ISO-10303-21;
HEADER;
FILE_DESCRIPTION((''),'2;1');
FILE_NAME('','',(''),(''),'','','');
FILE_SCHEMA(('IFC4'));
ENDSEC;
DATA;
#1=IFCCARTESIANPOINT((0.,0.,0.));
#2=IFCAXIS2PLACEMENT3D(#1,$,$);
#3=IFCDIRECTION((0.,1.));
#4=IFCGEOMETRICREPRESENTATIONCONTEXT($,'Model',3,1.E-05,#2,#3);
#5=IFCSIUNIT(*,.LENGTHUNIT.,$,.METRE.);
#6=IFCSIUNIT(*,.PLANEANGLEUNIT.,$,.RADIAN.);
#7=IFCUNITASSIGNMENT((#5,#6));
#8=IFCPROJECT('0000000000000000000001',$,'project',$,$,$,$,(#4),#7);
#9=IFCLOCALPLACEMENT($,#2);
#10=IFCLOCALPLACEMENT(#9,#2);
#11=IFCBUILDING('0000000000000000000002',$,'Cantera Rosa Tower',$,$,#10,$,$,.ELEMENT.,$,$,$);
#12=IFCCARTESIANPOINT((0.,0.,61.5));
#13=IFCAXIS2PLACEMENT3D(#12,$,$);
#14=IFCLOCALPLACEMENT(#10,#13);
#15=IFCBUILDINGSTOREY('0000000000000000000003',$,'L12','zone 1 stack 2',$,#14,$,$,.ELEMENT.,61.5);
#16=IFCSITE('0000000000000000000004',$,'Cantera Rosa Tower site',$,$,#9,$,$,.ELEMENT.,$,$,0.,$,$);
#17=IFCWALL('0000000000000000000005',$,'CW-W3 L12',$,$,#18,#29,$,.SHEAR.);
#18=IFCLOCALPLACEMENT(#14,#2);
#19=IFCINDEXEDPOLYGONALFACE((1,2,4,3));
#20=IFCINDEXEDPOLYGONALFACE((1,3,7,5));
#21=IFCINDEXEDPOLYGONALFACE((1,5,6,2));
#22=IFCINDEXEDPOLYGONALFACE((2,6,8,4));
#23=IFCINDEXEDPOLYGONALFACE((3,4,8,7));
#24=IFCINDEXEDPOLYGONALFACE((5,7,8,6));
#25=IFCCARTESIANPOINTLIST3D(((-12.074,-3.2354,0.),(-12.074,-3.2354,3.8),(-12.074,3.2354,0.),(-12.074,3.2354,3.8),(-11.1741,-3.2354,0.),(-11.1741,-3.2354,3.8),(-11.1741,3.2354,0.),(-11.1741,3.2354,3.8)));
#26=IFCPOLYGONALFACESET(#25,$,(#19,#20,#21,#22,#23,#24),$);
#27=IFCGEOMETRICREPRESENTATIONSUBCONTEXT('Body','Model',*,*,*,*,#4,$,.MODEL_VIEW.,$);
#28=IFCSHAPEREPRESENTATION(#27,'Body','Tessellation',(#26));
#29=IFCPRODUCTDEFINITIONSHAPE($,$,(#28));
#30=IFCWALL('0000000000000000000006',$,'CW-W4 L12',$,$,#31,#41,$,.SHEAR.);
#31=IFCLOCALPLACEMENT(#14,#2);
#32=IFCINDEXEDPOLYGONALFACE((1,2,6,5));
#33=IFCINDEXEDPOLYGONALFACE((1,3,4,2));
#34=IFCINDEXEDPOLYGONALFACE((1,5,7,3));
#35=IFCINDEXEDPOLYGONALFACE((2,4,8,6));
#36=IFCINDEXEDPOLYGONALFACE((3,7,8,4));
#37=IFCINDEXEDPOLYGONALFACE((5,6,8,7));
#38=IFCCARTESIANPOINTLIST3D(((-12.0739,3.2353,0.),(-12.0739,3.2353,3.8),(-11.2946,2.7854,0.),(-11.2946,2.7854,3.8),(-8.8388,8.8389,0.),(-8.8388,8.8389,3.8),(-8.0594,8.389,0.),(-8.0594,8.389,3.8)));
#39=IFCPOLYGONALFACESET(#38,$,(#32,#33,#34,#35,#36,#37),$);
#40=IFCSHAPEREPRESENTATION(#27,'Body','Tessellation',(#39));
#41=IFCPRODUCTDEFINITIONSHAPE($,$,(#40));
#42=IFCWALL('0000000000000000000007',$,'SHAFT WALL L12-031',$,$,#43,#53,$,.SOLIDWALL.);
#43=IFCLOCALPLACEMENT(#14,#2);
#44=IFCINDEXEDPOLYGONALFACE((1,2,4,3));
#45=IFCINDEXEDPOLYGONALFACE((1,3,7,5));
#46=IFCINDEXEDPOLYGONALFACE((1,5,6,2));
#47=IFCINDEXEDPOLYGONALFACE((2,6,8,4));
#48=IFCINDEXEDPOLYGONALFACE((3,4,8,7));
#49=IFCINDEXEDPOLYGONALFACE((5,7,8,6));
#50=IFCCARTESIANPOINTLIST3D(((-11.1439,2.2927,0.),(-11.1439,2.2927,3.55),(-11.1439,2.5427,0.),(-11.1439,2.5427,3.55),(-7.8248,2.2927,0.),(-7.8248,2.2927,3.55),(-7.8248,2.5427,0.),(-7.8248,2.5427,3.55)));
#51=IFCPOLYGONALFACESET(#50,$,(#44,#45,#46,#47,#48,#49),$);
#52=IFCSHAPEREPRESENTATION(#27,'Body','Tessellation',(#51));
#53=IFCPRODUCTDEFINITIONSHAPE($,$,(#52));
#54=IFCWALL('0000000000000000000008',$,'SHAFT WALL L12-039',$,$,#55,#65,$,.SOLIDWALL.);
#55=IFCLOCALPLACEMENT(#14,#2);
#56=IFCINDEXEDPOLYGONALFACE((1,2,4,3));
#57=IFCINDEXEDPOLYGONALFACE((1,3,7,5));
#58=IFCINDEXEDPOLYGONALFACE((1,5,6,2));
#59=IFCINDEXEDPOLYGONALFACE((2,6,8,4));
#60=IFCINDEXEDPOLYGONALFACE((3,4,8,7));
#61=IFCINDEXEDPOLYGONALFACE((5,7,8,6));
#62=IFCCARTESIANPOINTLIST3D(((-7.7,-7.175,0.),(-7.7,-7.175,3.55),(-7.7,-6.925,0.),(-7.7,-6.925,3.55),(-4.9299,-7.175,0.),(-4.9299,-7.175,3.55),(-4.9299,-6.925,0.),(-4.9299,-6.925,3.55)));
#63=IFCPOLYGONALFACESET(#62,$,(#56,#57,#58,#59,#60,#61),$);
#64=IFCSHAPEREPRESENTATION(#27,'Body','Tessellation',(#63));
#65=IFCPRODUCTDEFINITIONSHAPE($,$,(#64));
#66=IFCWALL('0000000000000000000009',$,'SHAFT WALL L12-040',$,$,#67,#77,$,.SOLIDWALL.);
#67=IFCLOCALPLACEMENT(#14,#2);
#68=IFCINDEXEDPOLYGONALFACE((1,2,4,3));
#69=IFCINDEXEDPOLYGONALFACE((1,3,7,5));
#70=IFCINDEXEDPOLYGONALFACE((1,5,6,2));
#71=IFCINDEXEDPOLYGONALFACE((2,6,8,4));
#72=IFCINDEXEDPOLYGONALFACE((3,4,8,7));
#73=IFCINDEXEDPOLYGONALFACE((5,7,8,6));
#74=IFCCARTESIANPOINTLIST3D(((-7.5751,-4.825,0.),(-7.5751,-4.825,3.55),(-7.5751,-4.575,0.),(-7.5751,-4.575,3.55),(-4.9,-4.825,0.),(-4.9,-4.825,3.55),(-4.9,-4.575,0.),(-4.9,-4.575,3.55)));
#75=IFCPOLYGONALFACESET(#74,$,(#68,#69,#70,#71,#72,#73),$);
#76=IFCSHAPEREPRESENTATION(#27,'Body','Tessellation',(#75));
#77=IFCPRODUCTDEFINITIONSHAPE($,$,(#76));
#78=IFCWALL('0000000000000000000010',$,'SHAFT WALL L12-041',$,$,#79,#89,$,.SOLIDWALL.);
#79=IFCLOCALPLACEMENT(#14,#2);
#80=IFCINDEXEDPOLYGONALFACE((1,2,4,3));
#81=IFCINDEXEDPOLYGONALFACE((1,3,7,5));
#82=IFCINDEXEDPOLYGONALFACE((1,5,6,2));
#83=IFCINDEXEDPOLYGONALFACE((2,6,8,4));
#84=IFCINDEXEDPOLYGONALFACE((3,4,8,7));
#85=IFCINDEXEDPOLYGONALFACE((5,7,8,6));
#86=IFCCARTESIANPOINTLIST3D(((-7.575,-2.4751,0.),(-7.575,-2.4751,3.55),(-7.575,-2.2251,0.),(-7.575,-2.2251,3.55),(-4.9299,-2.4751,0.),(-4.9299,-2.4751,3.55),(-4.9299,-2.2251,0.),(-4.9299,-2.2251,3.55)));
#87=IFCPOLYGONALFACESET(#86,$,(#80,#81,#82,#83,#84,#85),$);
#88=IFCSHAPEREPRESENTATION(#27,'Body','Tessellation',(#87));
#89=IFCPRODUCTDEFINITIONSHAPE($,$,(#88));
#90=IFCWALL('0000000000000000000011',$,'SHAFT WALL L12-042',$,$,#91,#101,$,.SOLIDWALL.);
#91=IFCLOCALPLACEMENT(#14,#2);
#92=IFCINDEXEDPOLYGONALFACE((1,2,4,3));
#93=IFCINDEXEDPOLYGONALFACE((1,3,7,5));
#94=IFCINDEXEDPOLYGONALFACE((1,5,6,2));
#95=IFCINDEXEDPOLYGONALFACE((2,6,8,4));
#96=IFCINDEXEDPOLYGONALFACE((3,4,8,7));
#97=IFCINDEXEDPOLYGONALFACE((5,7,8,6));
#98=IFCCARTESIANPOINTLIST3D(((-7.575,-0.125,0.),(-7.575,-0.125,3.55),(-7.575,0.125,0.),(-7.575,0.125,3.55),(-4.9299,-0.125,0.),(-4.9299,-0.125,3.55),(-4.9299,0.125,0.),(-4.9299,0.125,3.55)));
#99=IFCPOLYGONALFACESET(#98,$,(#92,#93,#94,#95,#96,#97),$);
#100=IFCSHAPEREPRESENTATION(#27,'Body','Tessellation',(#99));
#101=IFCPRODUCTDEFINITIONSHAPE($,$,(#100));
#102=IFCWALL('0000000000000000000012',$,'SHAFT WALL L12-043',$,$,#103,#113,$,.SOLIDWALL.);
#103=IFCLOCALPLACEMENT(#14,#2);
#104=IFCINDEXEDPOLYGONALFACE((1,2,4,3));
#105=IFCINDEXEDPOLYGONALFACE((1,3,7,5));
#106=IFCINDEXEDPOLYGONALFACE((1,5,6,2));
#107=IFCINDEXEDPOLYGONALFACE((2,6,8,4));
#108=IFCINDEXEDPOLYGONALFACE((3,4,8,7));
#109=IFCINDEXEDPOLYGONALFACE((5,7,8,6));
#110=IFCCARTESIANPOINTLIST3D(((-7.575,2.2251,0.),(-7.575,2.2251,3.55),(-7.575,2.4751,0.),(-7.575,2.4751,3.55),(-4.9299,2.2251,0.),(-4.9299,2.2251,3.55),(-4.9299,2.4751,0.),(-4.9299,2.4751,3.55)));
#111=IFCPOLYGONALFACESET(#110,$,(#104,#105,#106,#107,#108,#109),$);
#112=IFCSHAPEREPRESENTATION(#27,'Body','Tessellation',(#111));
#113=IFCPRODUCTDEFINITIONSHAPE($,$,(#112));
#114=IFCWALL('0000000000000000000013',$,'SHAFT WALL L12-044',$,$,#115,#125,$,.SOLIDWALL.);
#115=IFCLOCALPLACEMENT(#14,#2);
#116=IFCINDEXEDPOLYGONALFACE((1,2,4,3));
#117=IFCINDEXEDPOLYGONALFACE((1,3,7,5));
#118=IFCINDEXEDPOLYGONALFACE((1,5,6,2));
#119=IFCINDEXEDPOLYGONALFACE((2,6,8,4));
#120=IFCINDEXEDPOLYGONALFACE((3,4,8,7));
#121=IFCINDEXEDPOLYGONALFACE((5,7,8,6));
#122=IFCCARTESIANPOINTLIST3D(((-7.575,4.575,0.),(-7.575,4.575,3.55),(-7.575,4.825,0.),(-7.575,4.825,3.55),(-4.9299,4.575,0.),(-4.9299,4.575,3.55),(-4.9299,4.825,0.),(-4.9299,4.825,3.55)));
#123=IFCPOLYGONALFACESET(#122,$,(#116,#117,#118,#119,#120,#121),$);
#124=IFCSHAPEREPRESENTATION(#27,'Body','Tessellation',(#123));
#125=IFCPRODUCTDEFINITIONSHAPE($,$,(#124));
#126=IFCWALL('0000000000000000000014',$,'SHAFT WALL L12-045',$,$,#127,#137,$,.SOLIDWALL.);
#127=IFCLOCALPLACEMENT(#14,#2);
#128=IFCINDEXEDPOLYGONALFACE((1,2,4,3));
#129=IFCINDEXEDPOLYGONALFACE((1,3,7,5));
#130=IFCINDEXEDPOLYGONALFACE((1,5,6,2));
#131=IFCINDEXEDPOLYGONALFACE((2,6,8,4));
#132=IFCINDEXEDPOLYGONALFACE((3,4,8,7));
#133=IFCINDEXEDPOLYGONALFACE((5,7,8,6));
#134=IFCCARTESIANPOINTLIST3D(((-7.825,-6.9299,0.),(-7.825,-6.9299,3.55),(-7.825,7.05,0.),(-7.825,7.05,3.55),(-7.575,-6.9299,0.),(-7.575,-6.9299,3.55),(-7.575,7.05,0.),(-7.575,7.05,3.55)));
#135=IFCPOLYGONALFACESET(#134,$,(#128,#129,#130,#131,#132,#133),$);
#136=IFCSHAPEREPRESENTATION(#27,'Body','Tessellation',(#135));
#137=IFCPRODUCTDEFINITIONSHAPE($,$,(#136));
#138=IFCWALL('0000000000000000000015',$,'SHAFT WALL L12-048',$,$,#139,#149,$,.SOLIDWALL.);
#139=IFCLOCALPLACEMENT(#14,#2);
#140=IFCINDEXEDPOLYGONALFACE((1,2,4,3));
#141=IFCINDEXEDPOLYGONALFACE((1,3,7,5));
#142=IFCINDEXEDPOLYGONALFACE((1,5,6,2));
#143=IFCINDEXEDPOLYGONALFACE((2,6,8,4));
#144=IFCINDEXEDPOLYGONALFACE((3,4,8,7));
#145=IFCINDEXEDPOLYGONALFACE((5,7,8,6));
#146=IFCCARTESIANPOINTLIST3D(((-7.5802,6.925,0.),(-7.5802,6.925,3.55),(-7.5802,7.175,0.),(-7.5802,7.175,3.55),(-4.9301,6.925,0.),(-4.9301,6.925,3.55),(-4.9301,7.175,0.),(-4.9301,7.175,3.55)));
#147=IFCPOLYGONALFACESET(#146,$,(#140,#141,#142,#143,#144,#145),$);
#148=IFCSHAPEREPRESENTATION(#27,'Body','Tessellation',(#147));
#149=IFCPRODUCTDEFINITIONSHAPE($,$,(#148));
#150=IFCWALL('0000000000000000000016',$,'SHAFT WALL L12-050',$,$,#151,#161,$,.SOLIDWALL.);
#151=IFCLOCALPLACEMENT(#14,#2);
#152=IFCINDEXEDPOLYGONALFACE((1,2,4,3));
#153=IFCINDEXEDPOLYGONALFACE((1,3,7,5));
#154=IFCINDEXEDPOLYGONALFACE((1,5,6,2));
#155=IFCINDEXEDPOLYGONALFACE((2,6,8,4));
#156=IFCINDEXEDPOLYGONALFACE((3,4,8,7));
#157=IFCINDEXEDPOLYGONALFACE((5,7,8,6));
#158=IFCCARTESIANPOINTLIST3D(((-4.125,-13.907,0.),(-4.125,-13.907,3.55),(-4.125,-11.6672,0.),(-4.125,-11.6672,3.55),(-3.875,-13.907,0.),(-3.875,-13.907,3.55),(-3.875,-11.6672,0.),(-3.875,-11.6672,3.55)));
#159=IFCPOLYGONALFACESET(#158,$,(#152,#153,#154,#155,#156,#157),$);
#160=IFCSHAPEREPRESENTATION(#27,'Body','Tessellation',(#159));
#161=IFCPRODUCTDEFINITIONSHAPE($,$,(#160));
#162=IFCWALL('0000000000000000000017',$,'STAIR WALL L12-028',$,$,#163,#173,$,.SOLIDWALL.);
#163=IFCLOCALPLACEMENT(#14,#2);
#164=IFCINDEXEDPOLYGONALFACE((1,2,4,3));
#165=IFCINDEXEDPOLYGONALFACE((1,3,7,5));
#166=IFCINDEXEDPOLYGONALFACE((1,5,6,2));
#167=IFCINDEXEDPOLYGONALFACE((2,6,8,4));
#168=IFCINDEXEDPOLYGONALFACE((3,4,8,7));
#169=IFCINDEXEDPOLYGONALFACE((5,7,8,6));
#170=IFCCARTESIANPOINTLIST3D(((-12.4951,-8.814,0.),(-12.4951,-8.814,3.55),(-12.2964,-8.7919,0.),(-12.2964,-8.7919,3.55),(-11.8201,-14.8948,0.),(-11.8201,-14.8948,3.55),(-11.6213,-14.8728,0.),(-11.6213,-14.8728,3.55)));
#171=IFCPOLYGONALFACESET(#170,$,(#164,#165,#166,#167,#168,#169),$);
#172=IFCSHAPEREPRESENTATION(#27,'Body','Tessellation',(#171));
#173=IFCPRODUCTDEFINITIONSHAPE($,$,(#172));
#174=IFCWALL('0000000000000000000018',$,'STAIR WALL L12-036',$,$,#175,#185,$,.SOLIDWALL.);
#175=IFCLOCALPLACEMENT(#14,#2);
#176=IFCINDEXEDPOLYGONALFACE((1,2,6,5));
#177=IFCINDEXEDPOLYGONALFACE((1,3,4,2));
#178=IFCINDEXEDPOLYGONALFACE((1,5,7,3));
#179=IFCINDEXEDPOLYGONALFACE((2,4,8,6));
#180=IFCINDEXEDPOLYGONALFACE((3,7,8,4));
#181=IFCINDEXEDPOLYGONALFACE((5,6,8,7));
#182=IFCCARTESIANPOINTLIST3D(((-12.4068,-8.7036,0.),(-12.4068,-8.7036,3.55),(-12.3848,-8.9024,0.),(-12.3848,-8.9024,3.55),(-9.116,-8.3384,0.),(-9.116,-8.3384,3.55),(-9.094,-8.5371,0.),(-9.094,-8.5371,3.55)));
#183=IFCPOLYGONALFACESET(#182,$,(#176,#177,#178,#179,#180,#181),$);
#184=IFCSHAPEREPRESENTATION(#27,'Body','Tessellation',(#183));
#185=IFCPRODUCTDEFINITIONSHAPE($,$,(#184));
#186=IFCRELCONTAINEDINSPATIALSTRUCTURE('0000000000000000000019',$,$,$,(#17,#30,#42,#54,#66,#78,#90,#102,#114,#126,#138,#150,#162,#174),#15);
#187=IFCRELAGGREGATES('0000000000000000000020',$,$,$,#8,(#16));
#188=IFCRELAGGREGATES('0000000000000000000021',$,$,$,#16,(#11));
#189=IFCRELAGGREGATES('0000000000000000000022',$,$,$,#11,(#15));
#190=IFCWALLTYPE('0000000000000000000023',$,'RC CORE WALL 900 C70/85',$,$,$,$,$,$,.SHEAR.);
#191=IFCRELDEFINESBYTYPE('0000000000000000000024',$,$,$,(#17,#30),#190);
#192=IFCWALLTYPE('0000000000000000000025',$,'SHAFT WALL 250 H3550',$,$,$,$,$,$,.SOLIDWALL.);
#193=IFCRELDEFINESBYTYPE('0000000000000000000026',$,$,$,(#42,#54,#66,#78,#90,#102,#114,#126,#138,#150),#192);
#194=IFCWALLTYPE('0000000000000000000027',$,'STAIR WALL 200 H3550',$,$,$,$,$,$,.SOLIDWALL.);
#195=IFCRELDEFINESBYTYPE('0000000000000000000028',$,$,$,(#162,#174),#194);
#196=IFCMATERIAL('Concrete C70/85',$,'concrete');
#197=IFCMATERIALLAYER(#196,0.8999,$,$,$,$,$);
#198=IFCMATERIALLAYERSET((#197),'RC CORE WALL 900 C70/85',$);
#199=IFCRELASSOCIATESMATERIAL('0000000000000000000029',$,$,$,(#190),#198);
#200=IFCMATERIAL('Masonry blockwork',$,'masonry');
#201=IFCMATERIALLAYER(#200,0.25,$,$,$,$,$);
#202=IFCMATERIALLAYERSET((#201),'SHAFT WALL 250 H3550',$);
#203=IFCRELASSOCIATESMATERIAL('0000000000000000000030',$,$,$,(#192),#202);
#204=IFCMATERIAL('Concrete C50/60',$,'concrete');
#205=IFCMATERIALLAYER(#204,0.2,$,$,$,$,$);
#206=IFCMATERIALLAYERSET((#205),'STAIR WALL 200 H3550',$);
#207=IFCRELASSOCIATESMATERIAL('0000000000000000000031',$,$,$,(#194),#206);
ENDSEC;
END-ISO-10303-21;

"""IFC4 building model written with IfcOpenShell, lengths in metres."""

from ifc_helpers import new_model, si_unit, direction, frame, frame_2d, origin, place, context, subcontext, project, spatial, rectangle, extrude, material, layer, layer_set, type_object, element, save


model = new_model("IFC4")

# Units and contexts
model_context = context("Model", 3, precision=1e-05, world=origin(), true_north=direction((0.0, 1.0)))
body_context = subcontext(model_context, "Body", "Model", "MODEL_VIEW")
ifc_project = project(units=[si_unit("LENGTHUNIT", "METRE"), si_unit("PLANEANGLEUNIT", "RADIAN")], contexts=[model_context])

# Site, building, storey
site_placement = place(None, origin())
site = spatial("IfcSite", under=ifc_project, at=site_placement, Name="Cantera Rosa Tower site", CompositionType="ELEMENT", RefElevation=0.0)
building_placement = place(site_placement, origin())
building = spatial("IfcBuilding", under=site, at=building_placement, Name="Cantera Rosa Tower", CompositionType="ELEMENT")
storey_placement = place(building_placement, frame((0.0, 0.0, 61.5)))
storey = spatial("IfcBuildingStorey", under=building, at=storey_placement, Name="L12", Description="zone 1 stack 2", CompositionType="ELEMENT", Elevation=61.5)

# Walls
ifc_material_1 = material(Name="Concrete C70/85", Category="concrete")
ifc_layer_1 = layer(ifc_material_1, 0.8999)
ifc_layer_set_1 = layer_set([ifc_layer_1], Name="RC CORE WALL 900 C70/85")
wall_type_1 = type_object("IfcWallType", Name="RC CORE WALL 900 C70/85", PredefinedType="SHEAR", material=ifc_layer_set_1)
wall_1_placement = place(storey_placement, frame((-11.624, -3.2354, 0.0), z_axis=(0.0, 0.0, 1.0), x_axis=(0.0, 1.0, 0.0)))
element("IfcWall", 1, at=wall_1_placement, inside=storey, type_object=wall_type_1, Name="CW-W3 L12", PredefinedType="SHEAR", context=body_context, shape_type="SweptSolid", body=[
    extrude(rectangle(XDim=6.4707, YDim=0.8999, at=frame_2d((3.2354, 0.0))), origin(), (0.0, 0.0, 1.0), 3.8),
])
wall_2_placement = place(storey_placement, frame((-11.6843, 3.0103, 0.0), z_axis=(0.0, 0.0, 1.0), x_axis=(0.49999, 0.866031, 0.0)))
element("IfcWall", 2, at=wall_2_placement, inside=storey, type_object=wall_type_1, Name="CW-W4 L12", PredefinedType="SHEAR", context=body_context, shape_type="SweptSolid", body=[
    extrude(rectangle(XDim=6.4705, YDim=0.8999, at=frame_2d((3.2354, 0.0))), origin(), (0.0, 0.0, 1.0), 3.8),
])
ifc_material_2 = material(Name="Masonry blockwork", Category="masonry")
ifc_layer_2 = layer(ifc_material_2, 0.25)
ifc_layer_set_2 = layer_set([ifc_layer_2], Name="SHAFT WALL 250 H3550")
wall_type_2 = type_object("IfcWallType", Name="SHAFT WALL 250 H3550", PredefinedType="SOLIDWALL", material=ifc_layer_set_2)
wall_3_placement = place(storey_placement, frame((-11.144, 2.4177, 0.0), z_axis=(0.0, 0.0, 1.0), x_axis=(1.0, 0.0, 0.0)))
element("IfcWall", 3, at=wall_3_placement, inside=storey, type_object=wall_type_2, Name="SHAFT WALL L12-031", PredefinedType="SOLIDWALL", context=body_context, shape_type="SweptSolid", body=[
    extrude(rectangle(XDim=3.3191, YDim=0.25, at=frame_2d((1.6597, 0.0))), origin(), (0.0, 0.0, 1.0), 3.55),
])
wall_4_placement = place(storey_placement, frame((-7.7, -7.05, 0.0), z_axis=(0.0, 0.0, 1.0), x_axis=(1.0, 0.0, 0.0)))
element("IfcWall", 4, at=wall_4_placement, inside=storey, type_object=wall_type_2, Name="SHAFT WALL L12-039", PredefinedType="SOLIDWALL", context=body_context, shape_type="SweptSolid", body=[
    extrude(rectangle(XDim=2.77, YDim=0.25, at=frame_2d((1.385, 0.0))), origin(), (0.0, 0.0, 1.0), 3.55),
])
wall_5_placement = place(storey_placement, frame((-7.575, -4.7, 0.0), z_axis=(0.0, 0.0, 1.0), x_axis=(1.0, 0.0, 0.0)))
element("IfcWall", 5, at=wall_5_placement, inside=storey, type_object=wall_type_2, Name="SHAFT WALL L12-040", PredefinedType="SOLIDWALL", context=body_context, shape_type="SweptSolid", body=[
    extrude(rectangle(XDim=2.675, YDim=0.25, at=frame_2d((1.3374, 0.0))), origin(), (0.0, 0.0, 1.0), 3.55),
])
for number, where, z_axis, x_axis, name in (
    (6, (-7.575, -2.3501, 0.0), (0.0, 0.0, 1.0), (1.0, 0.0, 0.0), "SHAFT WALL L12-041"),
    (7, (-7.575, 0.0, 0.0), (0.0, 0.0, 1.0), (1.0, 0.0, 0.0), "SHAFT WALL L12-042"),
    (8, (-7.575, 2.3501, 0.0), (0.0, 0.0, 1.0), (1.0, 0.0, 0.0), "SHAFT WALL L12-043"),
    (9, (-7.575, 4.7, 0.0), (0.0, 0.0, 1.0), (1.0, 0.0, 0.0), "SHAFT WALL L12-044"),
):
    element("IfcWall", number, at=place(storey_placement, frame(where, z_axis=z_axis, x_axis=x_axis)), inside=storey, type_object=wall_type_2, Name=name, PredefinedType="SOLIDWALL", context=body_context, shape_type="SweptSolid", body=[
        extrude(rectangle(XDim=2.645, YDim=0.25, at=frame_2d((1.3225, 0.0))), origin(), (0.0, 0.0, 1.0), 3.55),
    ])
wall_6_placement = place(storey_placement, frame((-7.7, 7.05, 0.0), z_axis=(0.0, 0.0, 1.0), x_axis=(0.0, -1.0, 0.0)))
element("IfcWall", 10, at=wall_6_placement, inside=storey, type_object=wall_type_2, Name="SHAFT WALL L12-045", PredefinedType="SOLIDWALL", context=body_context, shape_type="SweptSolid", body=[
    extrude(rectangle(XDim=13.98, YDim=0.25, at=frame_2d((6.99, 0.0))), origin(), (0.0, 0.0, 1.0), 3.55),
])
wall_7_placement = place(storey_placement, frame((-4.9299, 7.05, 0.0), z_axis=(0.0, 0.0, 1.0), x_axis=(-1.0, 0.0, 0.0)))
element("IfcWall", 11, at=wall_7_placement, inside=storey, type_object=wall_type_2, Name="SHAFT WALL L12-048", PredefinedType="SOLIDWALL", context=body_context, shape_type="SweptSolid", body=[
    extrude(rectangle(XDim=2.6501, YDim=0.25, at=frame_2d((1.3252, 0.0))), origin(), (0.0, 0.0, 1.0), 3.55),
])
wall_8_placement = place(storey_placement, frame((-4.0, -11.6672, 0.0), z_axis=(0.0, 0.0, 1.0), x_axis=(0.0, -1.0, 0.0)))
element("IfcWall", 12, at=wall_8_placement, inside=storey, type_object=wall_type_2, Name="SHAFT WALL L12-050", PredefinedType="SOLIDWALL", context=body_context, shape_type="SweptSolid", body=[
    extrude(rectangle(XDim=2.2397, YDim=0.25, at=frame_2d((1.1199, 0.0))), origin(), (0.0, 0.0, 1.0), 3.55),
])
ifc_material_3 = material(Name="Concrete C50/60", Category="concrete")
ifc_layer_3 = layer(ifc_material_3, 0.2)
ifc_layer_set_3 = layer_set([ifc_layer_3], Name="STAIR WALL 200 H3550")
wall_type_3 = type_object("IfcWallType", Name="STAIR WALL 200 H3550", PredefinedType="SOLIDWALL", material=ifc_layer_set_3)
wall_9_placement = place(storey_placement, frame((-12.3958, -8.803, 0.0), z_axis=(0.0, 0.0, 1.0), x_axis=(0.110335, -0.993894, 0.0)))
element("IfcWall", 13, at=wall_9_placement, inside=storey, type_object=wall_type_3, Name="STAIR WALL L12-028", PredefinedType="SOLIDWALL", context=body_context, shape_type="SweptSolid", body=[
    extrude(rectangle(XDim=6.1182, YDim=0.2, at=frame_2d((3.0591, 0.0))), origin(), (0.0, 0.0, 1.0), 3.55),
])
wall_10_placement = place(storey_placement, frame((-9.105, -8.4377, 0.0), z_axis=(0.0, 0.0, 1.0), x_axis=(-0.993897, -0.11031, 0.0)))
element("IfcWall", 14, at=wall_10_placement, inside=storey, type_object=wall_type_3, Name="STAIR WALL L12-036", PredefinedType="SOLIDWALL", context=body_context, shape_type="SweptSolid", body=[
    extrude(rectangle(XDim=3.311, YDim=0.2, at=frame_2d((1.6555, 0.0))), origin(), (0.0, 0.0, 1.0), 3.55),
])

save(model, "model.ifc")
